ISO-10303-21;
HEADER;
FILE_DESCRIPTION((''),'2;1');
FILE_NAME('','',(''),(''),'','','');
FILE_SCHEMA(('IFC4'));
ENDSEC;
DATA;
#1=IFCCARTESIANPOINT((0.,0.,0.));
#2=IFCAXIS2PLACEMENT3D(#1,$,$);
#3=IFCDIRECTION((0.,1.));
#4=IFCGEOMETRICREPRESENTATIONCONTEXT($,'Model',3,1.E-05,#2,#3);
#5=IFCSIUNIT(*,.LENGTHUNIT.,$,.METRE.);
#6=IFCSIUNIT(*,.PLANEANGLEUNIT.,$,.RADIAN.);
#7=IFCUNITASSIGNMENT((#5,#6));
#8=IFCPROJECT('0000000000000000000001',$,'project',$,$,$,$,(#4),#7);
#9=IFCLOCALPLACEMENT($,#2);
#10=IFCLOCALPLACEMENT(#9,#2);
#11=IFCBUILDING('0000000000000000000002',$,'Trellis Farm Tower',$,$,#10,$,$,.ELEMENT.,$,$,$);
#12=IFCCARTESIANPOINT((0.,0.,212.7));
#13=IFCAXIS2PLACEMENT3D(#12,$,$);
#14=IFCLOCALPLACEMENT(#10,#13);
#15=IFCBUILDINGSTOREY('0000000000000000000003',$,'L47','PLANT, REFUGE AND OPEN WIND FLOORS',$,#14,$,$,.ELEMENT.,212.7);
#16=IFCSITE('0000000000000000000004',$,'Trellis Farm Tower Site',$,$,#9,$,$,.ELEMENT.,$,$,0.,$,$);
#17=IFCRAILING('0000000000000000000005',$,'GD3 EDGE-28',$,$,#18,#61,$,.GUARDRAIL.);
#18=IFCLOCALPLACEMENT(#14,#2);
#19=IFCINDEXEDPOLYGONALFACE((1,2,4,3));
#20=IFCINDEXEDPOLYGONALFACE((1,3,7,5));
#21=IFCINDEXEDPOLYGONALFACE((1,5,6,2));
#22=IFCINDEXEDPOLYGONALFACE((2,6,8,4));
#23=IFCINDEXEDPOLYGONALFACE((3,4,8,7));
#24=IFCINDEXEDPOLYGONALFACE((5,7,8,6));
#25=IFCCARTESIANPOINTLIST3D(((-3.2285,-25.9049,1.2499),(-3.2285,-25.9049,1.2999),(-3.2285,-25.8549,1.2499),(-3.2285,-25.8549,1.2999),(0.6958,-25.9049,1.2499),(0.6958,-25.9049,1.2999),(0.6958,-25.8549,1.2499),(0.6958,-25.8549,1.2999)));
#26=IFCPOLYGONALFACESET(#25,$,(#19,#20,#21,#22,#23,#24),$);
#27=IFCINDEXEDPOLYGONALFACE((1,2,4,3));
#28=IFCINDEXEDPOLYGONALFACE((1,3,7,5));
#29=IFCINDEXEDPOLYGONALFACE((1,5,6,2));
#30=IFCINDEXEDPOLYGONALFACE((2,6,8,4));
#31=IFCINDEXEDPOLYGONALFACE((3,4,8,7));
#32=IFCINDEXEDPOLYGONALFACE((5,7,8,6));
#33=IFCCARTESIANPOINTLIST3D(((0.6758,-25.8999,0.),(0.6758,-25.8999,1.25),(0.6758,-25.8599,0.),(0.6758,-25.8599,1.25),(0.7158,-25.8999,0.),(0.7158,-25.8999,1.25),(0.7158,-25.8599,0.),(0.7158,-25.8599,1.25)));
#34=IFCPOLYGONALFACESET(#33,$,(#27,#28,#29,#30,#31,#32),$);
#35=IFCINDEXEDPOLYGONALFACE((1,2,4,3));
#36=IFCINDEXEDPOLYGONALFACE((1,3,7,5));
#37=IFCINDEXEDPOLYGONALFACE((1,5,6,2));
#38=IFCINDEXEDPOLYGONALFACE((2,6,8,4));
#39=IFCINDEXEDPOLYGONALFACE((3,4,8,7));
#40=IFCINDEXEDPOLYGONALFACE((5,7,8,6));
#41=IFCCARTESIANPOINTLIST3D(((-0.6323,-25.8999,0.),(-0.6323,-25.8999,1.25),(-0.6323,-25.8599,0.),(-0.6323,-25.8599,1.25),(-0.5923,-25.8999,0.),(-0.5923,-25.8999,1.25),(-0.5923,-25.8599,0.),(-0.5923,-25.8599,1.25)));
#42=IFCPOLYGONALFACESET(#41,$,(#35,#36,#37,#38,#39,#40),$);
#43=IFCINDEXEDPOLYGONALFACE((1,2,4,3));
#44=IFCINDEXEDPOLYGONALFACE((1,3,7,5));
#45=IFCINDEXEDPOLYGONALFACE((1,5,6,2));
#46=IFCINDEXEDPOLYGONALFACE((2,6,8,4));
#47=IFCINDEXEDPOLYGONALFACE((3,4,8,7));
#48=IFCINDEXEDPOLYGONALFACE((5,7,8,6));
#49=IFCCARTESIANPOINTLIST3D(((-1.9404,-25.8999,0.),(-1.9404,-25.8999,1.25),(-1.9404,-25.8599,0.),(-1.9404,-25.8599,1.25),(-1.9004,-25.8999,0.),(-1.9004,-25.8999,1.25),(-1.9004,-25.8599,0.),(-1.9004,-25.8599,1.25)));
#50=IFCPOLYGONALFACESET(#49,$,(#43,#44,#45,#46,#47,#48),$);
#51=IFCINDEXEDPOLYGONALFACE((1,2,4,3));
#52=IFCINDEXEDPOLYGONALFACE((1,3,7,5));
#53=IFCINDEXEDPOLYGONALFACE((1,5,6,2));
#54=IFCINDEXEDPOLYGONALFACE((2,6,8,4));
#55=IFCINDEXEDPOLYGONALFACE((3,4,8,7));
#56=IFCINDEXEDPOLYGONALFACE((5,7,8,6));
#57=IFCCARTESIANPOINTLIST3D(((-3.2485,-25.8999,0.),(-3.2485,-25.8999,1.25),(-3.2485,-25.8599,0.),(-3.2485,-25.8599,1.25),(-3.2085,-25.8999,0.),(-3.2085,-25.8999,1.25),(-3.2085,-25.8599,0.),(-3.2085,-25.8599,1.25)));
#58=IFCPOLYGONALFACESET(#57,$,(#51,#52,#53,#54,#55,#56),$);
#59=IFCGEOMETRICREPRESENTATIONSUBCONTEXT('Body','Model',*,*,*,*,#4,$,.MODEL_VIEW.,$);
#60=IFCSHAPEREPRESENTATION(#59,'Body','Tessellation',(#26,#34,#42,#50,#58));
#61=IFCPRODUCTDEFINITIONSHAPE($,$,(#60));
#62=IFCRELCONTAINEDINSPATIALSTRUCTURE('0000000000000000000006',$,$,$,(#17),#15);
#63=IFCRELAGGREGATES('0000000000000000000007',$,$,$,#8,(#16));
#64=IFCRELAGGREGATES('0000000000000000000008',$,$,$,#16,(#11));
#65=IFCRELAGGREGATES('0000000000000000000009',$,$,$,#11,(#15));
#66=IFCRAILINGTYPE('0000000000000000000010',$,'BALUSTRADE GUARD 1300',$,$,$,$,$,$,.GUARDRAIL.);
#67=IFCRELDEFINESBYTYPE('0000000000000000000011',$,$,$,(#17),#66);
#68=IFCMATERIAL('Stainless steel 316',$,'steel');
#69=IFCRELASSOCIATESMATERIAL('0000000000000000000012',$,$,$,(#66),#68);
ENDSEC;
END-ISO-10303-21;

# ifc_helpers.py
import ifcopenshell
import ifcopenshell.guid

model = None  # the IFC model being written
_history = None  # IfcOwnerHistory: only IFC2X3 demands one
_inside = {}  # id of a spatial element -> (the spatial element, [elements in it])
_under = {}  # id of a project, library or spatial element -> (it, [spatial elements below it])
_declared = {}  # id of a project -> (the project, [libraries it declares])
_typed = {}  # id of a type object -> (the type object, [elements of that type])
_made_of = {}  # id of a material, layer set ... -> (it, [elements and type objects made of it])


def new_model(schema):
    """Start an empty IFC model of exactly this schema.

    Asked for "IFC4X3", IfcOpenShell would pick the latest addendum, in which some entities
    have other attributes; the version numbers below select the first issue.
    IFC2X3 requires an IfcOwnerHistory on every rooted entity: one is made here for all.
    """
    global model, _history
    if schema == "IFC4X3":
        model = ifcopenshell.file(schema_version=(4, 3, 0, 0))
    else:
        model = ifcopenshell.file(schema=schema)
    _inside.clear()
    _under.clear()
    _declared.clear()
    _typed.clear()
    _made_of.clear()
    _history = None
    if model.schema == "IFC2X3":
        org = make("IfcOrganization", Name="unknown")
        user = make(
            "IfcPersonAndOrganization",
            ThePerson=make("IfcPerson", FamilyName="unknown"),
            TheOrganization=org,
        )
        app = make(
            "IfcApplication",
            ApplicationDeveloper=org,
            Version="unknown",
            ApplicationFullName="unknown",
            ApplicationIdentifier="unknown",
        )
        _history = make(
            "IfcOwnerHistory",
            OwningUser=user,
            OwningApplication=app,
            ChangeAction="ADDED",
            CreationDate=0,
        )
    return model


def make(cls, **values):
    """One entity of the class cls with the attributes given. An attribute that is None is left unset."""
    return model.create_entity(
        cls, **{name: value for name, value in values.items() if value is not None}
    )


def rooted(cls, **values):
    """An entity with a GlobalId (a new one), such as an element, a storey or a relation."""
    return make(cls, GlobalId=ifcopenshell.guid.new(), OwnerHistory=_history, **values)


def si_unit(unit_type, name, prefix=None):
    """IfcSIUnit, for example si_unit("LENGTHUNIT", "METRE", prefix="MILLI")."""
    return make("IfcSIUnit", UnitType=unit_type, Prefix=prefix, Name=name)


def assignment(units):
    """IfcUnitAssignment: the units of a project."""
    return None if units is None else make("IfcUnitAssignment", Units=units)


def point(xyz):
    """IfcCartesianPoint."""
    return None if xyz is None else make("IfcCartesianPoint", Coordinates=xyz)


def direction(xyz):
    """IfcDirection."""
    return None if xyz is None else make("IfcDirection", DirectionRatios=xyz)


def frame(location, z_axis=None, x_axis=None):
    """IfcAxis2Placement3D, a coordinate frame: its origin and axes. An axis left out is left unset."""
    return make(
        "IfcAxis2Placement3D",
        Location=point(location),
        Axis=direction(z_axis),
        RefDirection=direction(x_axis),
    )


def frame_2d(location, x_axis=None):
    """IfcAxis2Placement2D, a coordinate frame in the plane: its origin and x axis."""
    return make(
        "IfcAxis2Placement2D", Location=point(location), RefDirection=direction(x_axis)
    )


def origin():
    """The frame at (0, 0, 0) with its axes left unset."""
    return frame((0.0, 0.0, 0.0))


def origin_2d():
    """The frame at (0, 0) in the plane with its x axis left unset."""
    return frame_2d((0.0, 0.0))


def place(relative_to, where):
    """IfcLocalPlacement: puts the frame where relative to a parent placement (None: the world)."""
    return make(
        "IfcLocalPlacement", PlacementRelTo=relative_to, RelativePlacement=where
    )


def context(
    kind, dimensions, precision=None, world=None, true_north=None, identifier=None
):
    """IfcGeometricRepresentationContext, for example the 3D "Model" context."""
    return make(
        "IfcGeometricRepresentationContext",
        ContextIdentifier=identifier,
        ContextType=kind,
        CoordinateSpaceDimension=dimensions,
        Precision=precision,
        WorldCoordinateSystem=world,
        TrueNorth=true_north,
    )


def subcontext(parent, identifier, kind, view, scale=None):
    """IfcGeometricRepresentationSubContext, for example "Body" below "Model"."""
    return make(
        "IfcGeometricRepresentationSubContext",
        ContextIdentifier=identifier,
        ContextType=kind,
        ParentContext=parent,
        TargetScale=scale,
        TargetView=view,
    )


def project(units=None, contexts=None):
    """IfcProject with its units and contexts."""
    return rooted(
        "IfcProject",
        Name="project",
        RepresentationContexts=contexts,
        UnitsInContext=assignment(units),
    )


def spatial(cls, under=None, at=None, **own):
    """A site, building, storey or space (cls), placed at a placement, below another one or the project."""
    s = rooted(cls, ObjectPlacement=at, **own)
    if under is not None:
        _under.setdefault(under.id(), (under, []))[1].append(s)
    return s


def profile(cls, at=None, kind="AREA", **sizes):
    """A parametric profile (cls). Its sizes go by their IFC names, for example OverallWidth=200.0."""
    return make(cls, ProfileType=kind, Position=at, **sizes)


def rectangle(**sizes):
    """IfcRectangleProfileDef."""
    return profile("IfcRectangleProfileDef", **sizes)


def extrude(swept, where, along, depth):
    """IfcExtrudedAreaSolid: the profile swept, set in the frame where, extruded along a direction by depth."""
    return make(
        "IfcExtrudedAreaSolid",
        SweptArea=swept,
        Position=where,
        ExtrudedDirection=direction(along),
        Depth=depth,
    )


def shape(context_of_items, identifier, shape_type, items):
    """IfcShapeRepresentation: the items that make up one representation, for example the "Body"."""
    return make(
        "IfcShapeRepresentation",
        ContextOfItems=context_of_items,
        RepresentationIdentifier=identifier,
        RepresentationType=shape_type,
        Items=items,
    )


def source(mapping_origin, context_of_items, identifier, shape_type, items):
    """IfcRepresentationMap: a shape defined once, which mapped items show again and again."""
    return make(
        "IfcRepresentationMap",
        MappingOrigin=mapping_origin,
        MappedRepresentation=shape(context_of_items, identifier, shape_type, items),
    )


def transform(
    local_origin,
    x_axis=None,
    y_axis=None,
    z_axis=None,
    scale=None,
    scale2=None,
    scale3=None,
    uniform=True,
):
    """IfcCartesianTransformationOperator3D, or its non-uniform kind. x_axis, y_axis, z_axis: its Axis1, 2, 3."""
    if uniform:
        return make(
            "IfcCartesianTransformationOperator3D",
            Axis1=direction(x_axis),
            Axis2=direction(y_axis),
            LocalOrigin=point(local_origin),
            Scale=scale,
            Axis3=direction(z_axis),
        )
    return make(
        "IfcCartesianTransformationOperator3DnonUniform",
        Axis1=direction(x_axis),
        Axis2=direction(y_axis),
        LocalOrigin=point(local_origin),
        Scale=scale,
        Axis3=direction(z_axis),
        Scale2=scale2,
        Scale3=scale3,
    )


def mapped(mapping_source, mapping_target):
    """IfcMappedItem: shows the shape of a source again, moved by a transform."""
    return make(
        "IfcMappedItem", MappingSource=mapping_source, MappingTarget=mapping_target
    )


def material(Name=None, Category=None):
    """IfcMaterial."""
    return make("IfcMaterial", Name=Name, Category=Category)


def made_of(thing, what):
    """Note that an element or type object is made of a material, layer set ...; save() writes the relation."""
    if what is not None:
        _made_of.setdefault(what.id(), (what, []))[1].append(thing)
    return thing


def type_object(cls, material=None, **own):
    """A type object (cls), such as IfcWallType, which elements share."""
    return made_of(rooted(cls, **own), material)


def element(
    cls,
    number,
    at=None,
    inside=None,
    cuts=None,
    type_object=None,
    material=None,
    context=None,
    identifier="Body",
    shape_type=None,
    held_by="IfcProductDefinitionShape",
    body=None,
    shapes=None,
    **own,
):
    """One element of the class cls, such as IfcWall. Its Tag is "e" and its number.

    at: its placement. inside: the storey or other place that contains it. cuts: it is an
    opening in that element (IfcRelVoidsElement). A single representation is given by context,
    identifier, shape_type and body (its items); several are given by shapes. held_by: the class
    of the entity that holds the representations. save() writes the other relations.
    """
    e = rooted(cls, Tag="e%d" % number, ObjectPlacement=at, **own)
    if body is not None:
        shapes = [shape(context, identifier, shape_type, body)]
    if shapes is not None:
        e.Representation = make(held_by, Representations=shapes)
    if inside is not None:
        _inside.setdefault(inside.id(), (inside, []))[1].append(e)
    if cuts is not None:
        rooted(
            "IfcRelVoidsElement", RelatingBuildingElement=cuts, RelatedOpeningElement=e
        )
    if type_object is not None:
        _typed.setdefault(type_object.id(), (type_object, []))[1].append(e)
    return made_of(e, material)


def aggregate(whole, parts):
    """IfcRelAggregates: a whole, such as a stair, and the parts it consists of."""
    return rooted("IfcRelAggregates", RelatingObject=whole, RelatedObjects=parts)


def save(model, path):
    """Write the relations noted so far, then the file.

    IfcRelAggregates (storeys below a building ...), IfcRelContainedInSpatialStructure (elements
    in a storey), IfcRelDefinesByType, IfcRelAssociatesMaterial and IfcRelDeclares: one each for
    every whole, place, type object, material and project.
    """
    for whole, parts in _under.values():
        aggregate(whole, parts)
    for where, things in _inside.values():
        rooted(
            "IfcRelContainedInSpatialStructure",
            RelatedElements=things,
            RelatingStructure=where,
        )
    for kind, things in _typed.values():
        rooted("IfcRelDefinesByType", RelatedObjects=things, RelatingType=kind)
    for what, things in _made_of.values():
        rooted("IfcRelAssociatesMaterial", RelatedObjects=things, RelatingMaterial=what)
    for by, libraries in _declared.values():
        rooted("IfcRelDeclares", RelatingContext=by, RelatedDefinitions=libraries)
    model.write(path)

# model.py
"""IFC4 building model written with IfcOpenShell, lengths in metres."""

from ifc_helpers import new_model, si_unit, direction, frame, origin, origin_2d, place, context, subcontext, project, spatial, rectangle, extrude, source, transform, mapped, material, type_object, element, save


model = new_model("IFC4")

# Units and contexts
model_context = context("Model", 3, precision=1e-05, world=origin(), true_north=direction((0.0, 1.0)))
body_context = subcontext(model_context, "Body", "Model", "MODEL_VIEW")
ifc_project = project(units=[si_unit("LENGTHUNIT", "METRE"), si_unit("PLANEANGLEUNIT", "RADIAN")], contexts=[model_context])

# Site, building, storey
site_placement = place(None, origin())
site = spatial("IfcSite", under=ifc_project, at=site_placement, Name="Trellis Farm Tower Site", CompositionType="ELEMENT", RefElevation=0.0)
building_placement = place(site_placement, origin())
building = spatial("IfcBuilding", under=site, at=building_placement, Name="Trellis Farm Tower", CompositionType="ELEMENT")
storey_placement = place(building_placement, frame((0.0, 0.0, 212.7)))
storey = spatial("IfcBuildingStorey", under=building, at=storey_placement, Name="L47", Description="PLANT, REFUGE AND OPEN WIND FLOORS", CompositionType="ELEMENT", Elevation=212.7)

# Railing
ifc_material_1 = material(Name="Stainless steel 316", Category="steel")
railing_type_1 = type_object("IfcRailingType", Name="BALUSTRADE GUARD 1300", PredefinedType="GUARDRAIL", material=ifc_material_1)
shared_shape_1 = source(origin(), body_context, "Body", "SweptSolid", [
    extrude(rectangle(XDim=0.05, YDim=0.05, at=origin_2d()), frame((0.0, 0.0, 1.2749), z_axis=(-1.0, 0.0, 0.0), x_axis=(0.0, -1.0, 0.0)), (0.0, 0.0, 1.0), 3.9243),
    extrude(rectangle(XDim=0.04, YDim=0.04, at=origin_2d()), origin(), (0.0, 0.0, 1.0), 1.25),
    extrude(rectangle(XDim=0.04, YDim=0.04, at=origin_2d()), frame((-1.3081, 0.0, 0.0)), (0.0, 0.0, 1.0), 1.25),
    extrude(rectangle(XDim=0.04, YDim=0.04, at=origin_2d()), frame((-2.6162, 0.0, 0.0)), (0.0, 0.0, 1.0), 1.25),
    extrude(rectangle(XDim=0.04, YDim=0.04, at=origin_2d()), frame((-3.9243, 0.0, 0.0)), (0.0, 0.0, 1.0), 1.25),
])
railing_1_placement = place(storey_placement, frame((0.6958, -25.8799, 0.0)))
element("IfcRailing", 1, at=railing_1_placement, inside=storey, type_object=railing_type_1, Name="GD3 EDGE-28", PredefinedType="GUARDRAIL", context=body_context, shape_type="MappedRepresentation", body=[
    mapped(shared_shape_1, transform((0.0, 0.0, 0.0))),
])

save(model, "model.ifc")
